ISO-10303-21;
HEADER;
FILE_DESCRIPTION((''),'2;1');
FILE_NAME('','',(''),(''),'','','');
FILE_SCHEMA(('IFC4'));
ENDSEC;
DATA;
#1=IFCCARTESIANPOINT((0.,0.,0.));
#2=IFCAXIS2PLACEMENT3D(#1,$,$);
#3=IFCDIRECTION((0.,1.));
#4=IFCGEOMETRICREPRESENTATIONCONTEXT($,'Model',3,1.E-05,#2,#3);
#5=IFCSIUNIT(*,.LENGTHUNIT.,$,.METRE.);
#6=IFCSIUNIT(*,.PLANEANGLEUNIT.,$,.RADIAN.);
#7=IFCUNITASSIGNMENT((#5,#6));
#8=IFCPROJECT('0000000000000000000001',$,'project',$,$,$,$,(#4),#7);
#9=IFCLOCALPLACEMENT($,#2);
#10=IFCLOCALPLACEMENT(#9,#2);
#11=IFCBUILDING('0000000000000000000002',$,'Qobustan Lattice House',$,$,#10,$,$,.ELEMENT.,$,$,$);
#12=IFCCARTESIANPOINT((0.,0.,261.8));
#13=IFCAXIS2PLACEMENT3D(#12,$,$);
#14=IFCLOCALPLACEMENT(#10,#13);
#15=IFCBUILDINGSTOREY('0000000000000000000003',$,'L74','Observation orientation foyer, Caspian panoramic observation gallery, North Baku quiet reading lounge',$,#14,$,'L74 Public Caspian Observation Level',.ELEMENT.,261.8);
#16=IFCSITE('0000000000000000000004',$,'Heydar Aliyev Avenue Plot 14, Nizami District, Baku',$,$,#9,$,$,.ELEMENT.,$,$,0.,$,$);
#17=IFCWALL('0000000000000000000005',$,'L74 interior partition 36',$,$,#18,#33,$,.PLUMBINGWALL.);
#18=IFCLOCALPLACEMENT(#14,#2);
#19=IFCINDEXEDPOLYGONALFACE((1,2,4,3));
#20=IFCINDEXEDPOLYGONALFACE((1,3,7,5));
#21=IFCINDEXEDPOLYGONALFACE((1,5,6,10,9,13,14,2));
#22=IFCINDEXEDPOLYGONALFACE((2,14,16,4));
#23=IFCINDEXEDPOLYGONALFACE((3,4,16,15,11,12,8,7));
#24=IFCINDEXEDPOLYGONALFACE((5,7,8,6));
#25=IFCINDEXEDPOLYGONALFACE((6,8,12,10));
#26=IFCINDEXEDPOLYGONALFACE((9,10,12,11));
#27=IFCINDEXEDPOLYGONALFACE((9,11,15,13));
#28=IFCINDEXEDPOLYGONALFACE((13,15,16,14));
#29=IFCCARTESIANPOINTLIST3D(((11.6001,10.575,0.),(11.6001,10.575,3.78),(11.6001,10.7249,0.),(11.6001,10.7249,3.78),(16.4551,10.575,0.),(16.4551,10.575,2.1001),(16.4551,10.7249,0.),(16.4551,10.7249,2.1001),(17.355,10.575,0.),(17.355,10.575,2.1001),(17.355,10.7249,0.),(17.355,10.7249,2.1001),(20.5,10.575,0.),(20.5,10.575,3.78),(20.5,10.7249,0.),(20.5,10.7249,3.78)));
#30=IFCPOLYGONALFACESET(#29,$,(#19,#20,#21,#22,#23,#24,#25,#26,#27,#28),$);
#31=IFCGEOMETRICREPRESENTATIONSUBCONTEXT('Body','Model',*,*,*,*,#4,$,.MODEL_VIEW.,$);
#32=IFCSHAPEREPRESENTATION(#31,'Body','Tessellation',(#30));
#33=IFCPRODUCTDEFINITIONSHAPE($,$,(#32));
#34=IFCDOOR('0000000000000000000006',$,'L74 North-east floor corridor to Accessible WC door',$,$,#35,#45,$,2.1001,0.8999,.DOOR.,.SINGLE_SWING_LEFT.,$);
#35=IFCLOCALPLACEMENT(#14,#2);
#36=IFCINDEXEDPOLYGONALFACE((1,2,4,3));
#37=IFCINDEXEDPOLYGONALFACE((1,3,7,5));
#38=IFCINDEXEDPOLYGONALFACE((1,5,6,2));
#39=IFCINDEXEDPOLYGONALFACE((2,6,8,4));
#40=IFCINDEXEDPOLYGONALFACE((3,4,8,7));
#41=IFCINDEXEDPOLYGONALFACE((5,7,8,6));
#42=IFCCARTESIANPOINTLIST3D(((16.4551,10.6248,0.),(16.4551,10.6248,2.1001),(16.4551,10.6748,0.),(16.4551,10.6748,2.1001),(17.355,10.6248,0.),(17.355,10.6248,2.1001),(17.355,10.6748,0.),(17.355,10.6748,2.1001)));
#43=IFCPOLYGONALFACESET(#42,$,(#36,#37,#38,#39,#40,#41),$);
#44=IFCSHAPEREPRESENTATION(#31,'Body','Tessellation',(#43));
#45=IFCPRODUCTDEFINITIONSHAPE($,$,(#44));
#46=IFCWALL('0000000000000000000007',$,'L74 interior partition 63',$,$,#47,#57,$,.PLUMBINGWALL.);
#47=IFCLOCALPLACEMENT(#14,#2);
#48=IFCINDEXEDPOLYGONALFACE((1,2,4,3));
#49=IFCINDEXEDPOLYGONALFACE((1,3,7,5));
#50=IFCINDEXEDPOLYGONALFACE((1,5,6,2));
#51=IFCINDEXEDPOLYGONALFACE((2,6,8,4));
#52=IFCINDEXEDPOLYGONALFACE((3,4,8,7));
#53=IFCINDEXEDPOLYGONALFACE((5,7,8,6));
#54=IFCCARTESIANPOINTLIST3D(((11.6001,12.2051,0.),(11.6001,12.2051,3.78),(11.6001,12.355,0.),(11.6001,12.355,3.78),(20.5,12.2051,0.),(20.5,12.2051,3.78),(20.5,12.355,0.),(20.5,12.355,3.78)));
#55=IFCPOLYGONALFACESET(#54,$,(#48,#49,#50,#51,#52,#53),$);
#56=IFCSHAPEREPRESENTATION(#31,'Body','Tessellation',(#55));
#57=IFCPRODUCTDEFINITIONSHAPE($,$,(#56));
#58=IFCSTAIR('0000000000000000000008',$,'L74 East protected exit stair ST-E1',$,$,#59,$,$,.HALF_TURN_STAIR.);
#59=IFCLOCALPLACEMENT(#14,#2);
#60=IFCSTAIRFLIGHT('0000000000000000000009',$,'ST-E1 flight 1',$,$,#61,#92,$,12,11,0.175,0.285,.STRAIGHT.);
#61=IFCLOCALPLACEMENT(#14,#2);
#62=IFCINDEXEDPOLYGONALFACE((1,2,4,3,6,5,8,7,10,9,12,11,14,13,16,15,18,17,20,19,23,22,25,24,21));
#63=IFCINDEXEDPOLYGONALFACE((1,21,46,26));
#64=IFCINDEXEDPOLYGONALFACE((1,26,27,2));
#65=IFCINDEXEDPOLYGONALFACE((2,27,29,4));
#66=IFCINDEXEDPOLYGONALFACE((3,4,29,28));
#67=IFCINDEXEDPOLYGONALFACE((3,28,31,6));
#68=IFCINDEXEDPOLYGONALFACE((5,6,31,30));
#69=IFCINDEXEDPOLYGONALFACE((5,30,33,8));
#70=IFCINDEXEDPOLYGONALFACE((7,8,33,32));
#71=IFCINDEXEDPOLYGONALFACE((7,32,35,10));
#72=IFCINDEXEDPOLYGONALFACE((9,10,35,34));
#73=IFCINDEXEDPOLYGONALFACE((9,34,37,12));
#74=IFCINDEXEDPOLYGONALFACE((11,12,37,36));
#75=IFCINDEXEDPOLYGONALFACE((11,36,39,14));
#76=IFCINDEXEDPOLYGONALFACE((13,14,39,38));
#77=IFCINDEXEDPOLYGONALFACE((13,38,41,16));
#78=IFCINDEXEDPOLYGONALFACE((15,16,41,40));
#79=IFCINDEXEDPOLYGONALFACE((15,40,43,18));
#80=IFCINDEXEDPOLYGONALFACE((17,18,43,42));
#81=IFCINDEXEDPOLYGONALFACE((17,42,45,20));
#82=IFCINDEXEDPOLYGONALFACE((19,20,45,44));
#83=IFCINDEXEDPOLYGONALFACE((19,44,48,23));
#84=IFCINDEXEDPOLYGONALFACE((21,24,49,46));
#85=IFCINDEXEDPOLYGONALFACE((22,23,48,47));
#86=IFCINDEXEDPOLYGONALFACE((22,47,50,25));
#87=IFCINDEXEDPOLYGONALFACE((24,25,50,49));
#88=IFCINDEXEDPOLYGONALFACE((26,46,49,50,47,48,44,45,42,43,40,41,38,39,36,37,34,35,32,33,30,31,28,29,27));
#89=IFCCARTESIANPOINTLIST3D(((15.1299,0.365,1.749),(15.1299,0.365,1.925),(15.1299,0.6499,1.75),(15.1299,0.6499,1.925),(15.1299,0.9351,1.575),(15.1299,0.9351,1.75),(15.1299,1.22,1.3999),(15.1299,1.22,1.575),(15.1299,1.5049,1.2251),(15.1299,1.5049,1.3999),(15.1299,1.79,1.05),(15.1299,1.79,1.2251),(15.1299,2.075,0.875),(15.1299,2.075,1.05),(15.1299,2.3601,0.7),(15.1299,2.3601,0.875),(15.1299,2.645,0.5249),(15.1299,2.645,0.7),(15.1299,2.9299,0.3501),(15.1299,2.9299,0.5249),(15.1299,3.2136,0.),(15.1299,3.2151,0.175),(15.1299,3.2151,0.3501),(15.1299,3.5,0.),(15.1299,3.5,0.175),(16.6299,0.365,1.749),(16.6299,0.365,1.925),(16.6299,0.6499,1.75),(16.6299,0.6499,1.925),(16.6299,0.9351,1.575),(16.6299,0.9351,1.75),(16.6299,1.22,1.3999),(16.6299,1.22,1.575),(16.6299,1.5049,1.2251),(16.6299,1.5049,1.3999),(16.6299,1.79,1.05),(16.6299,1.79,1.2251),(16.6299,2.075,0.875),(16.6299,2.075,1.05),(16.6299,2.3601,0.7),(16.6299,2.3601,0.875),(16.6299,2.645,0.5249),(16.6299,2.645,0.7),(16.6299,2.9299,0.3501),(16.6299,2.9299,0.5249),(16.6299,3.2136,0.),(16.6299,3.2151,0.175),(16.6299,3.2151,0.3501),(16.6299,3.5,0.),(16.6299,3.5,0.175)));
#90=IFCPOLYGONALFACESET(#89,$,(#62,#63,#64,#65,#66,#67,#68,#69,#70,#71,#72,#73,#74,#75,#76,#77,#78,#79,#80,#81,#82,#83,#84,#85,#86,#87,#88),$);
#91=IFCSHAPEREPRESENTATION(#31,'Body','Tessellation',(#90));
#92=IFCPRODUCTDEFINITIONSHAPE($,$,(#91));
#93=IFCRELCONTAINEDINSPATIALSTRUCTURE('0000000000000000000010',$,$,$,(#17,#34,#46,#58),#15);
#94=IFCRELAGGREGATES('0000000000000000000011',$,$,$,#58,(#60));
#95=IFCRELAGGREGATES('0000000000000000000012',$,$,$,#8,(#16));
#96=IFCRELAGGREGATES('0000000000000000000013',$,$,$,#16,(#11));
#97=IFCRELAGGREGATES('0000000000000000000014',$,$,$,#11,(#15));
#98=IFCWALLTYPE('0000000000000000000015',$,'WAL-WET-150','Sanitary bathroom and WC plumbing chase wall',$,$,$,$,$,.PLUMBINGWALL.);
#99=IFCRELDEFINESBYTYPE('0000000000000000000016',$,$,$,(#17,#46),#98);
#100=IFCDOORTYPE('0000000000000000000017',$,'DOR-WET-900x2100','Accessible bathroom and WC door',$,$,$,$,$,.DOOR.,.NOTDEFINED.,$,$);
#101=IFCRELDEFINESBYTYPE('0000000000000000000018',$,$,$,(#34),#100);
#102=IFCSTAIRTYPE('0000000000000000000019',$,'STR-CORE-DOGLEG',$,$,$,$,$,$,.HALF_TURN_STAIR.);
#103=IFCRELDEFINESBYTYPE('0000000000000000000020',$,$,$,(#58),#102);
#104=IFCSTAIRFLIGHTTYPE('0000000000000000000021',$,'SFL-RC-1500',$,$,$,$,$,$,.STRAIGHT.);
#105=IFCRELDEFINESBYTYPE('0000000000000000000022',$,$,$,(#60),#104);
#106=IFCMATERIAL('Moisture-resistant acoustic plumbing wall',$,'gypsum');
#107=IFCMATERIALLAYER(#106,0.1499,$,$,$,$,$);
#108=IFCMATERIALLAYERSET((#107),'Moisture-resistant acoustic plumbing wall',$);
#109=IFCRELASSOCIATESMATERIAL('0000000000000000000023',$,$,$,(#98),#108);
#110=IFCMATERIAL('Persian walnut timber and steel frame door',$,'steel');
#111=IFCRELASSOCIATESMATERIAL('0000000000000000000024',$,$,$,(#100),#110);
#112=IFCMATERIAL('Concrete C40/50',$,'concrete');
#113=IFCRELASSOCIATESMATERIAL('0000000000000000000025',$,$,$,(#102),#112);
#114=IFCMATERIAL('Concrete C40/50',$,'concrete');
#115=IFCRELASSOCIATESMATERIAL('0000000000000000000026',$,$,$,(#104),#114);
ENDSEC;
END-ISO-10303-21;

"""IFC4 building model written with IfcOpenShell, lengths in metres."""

from ifc_helpers import new_model, si_unit, direction, frame, frame_2d, origin, place, context, subcontext, project, spatial, polyline, rectangle, outline, extrude, material, layer, layer_set, type_object, element, fill, aggregate, save


model = new_model("IFC4")

# Units and contexts
model_context = context("Model", 3, precision=1e-05, world=origin(), true_north=direction((0.0, 1.0)))
body_context = subcontext(model_context, "Body", "Model", "MODEL_VIEW")
ifc_project = project(units=[si_unit("LENGTHUNIT", "METRE"), si_unit("PLANEANGLEUNIT", "RADIAN")], contexts=[model_context])

# Site, building, storey
site_placement = place(None, origin())
site = spatial("IfcSite", under=ifc_project, at=site_placement, Name="Heydar Aliyev Avenue Plot 14, Nizami District, Baku", CompositionType="ELEMENT", RefElevation=0.0)
building_placement = place(site_placement, origin())
building = spatial("IfcBuilding", under=site, at=building_placement, Name="Qobustan Lattice House", CompositionType="ELEMENT")
storey_placement = place(building_placement, frame((0.0, 0.0, 261.8)))
storey = spatial("IfcBuildingStorey", under=building, at=storey_placement, Name="L74", Description="Observation orientation foyer, Caspian panoramic observation gallery, North Baku quiet reading lounge", LongName="L74 Public Caspian Observation Level", CompositionType="ELEMENT", Elevation=261.8)

# Wall, opening, door
ifc_material_1 = material(Name="Moisture-resistant acoustic plumbing wall", Category="gypsum")
ifc_layer_1 = layer(ifc_material_1, 0.1499)
ifc_layer_set_1 = layer_set([ifc_layer_1], Name="Moisture-resistant acoustic plumbing wall")
wall_type_1 = type_object("IfcWallType", Name="WAL-WET-150", Description="Sanitary bathroom and WC plumbing chase wall", PredefinedType="PLUMBINGWALL", material=ifc_layer_set_1)
wall_1_placement = place(storey_placement, frame((11.6001, 10.6499, 0.0), z_axis=(0.0, 0.0, 1.0), x_axis=(1.0, 0.0, 0.0)))
wall_1 = element("IfcWall", 1, at=wall_1_placement, inside=storey, type_object=wall_type_1, Name="L74 interior partition 36", PredefinedType="PLUMBINGWALL", context=body_context, shape_type="SweptSolid", body=[
    extrude(rectangle(XDim=8.8999, YDim=0.1499, at=frame_2d((4.45, 0.0))), origin(), (0.0, 0.0, 1.0), 3.78),
])
opening_placement = place(wall_1_placement, frame((4.855, 0.0, 0.0)))
opening = element("IfcOpeningElement", 2, at=opening_placement, cuts=wall_1, PredefinedType="OPENING", context=body_context, shape_type="SweptSolid", body=[
    extrude(rectangle(XDim=0.8999, YDim=2.1001, at=frame_2d((0.45, 1.05))), frame((0.0, 0.085, 0.0), z_axis=(0.0, -1.0, 0.0), x_axis=(1.0, 0.0, 0.0)), (0.0, 0.0, 1.0), 0.1699),
])
ifc_material_2 = material(Name="Persian walnut timber and steel frame door", Category="steel")
door_type = type_object("IfcDoorType", Name="DOR-WET-900x2100", Description="Accessible bathroom and WC door", OperationType="NOTDEFINED", PredefinedType="DOOR", material=ifc_material_2)
door_placement = place(opening_placement, origin())
door = element("IfcDoor", 3, at=door_placement, inside=storey, type_object=door_type, Name="L74 North-east floor corridor to Accessible WC door", OperationType="SINGLE_SWING_LEFT", OverallHeight=2.1001, OverallWidth=0.8999, PredefinedType="DOOR", context=body_context, shape_type="SweptSolid", body=[
    extrude(rectangle(XDim=0.8999, YDim=2.1001, at=frame_2d((0.45, 1.05))), frame((0.0, 0.0249, 0.0), z_axis=(0.0, -1.0, 0.0), x_axis=(1.0, 0.0, 0.0)), (0.0, 0.0, 1.0), 0.05),
])
fill(opening, door)

# Wall
wall_2_placement = place(storey_placement, frame((11.6001, 12.28, 0.0), z_axis=(0.0, 0.0, 1.0), x_axis=(1.0, 0.0, 0.0)))
element("IfcWall", 4, at=wall_2_placement, inside=storey, type_object=wall_type_1, Name="L74 interior partition 63", PredefinedType="PLUMBINGWALL", context=body_context, shape_type="SweptSolid", body=[
    extrude(rectangle(XDim=8.8999, YDim=0.1499, at=frame_2d((4.45, 0.0))), origin(), (0.0, 0.0, 1.0), 3.78),
])

# Stair, stair flight
ifc_material_3 = material(Name="Concrete C40/50", Category="concrete")
stair_type = type_object("IfcStairType", Name="STR-CORE-DOGLEG", PredefinedType="HALF_TURN_STAIR", material=ifc_material_3)
stair_placement = place(storey_placement, origin())
stair = element("IfcStair", 5, at=stair_placement, inside=storey, type_object=stair_type, Name="L74 East protected exit stair ST-E1", PredefinedType="HALF_TURN_STAIR")
ifc_material_4 = material(Name="Concrete C40/50", Category="concrete")
stair_flight_type = type_object("IfcStairFlightType", Name="SFL-RC-1500", PredefinedType="STRAIGHT", material=ifc_material_4)
stair_flight_placement = place(storey_placement, frame((15.8799, 3.5, 0.0), z_axis=(0.0, 0.0, 1.0), x_axis=(0.0, -1.0, 0.0)))
stair_flight = element("IfcStairFlight", 6, at=stair_flight_placement, type_object=stair_flight_type, Name="ST-E1 flight 1", NumberOfRisers=12, NumberOfTreads=11, PredefinedType="STRAIGHT", RiserHeight=0.175, TreadLength=0.285, context=body_context, shape_type="SweptSolid", body=[
    extrude(outline(polyline([(0.0, 0.0), (0.0, 0.175), (0.2849, 0.175), (0.2849, 0.3501), (0.5701, 0.3501), (0.5701, 0.5249), (0.855, 0.5249), (0.855, 0.7), (1.1399, 0.7), (1.1399, 0.875), (1.425, 0.875), (1.425, 1.05), (1.71, 1.05), (1.71, 1.2251), (1.9951, 1.2251), (1.9951, 1.3999), (2.28, 1.3999), (2.28, 1.575), (2.5649, 1.575), (2.5649, 1.75), (2.8501, 1.75), (2.8501, 1.925), (3.135, 1.925), (3.135, 2.1001), (3.135, 1.749), (0.2864, 0.0), (0.0, 0.0)])), frame((0.0, 0.75, 0.0), z_axis=(0.0, -1.0, 0.0), x_axis=(1.0, 0.0, 0.0)), (0.0, 0.0, 1.0), 1.5),
])
aggregate(stair, [stair_flight])

save(model, "model.ifc")
